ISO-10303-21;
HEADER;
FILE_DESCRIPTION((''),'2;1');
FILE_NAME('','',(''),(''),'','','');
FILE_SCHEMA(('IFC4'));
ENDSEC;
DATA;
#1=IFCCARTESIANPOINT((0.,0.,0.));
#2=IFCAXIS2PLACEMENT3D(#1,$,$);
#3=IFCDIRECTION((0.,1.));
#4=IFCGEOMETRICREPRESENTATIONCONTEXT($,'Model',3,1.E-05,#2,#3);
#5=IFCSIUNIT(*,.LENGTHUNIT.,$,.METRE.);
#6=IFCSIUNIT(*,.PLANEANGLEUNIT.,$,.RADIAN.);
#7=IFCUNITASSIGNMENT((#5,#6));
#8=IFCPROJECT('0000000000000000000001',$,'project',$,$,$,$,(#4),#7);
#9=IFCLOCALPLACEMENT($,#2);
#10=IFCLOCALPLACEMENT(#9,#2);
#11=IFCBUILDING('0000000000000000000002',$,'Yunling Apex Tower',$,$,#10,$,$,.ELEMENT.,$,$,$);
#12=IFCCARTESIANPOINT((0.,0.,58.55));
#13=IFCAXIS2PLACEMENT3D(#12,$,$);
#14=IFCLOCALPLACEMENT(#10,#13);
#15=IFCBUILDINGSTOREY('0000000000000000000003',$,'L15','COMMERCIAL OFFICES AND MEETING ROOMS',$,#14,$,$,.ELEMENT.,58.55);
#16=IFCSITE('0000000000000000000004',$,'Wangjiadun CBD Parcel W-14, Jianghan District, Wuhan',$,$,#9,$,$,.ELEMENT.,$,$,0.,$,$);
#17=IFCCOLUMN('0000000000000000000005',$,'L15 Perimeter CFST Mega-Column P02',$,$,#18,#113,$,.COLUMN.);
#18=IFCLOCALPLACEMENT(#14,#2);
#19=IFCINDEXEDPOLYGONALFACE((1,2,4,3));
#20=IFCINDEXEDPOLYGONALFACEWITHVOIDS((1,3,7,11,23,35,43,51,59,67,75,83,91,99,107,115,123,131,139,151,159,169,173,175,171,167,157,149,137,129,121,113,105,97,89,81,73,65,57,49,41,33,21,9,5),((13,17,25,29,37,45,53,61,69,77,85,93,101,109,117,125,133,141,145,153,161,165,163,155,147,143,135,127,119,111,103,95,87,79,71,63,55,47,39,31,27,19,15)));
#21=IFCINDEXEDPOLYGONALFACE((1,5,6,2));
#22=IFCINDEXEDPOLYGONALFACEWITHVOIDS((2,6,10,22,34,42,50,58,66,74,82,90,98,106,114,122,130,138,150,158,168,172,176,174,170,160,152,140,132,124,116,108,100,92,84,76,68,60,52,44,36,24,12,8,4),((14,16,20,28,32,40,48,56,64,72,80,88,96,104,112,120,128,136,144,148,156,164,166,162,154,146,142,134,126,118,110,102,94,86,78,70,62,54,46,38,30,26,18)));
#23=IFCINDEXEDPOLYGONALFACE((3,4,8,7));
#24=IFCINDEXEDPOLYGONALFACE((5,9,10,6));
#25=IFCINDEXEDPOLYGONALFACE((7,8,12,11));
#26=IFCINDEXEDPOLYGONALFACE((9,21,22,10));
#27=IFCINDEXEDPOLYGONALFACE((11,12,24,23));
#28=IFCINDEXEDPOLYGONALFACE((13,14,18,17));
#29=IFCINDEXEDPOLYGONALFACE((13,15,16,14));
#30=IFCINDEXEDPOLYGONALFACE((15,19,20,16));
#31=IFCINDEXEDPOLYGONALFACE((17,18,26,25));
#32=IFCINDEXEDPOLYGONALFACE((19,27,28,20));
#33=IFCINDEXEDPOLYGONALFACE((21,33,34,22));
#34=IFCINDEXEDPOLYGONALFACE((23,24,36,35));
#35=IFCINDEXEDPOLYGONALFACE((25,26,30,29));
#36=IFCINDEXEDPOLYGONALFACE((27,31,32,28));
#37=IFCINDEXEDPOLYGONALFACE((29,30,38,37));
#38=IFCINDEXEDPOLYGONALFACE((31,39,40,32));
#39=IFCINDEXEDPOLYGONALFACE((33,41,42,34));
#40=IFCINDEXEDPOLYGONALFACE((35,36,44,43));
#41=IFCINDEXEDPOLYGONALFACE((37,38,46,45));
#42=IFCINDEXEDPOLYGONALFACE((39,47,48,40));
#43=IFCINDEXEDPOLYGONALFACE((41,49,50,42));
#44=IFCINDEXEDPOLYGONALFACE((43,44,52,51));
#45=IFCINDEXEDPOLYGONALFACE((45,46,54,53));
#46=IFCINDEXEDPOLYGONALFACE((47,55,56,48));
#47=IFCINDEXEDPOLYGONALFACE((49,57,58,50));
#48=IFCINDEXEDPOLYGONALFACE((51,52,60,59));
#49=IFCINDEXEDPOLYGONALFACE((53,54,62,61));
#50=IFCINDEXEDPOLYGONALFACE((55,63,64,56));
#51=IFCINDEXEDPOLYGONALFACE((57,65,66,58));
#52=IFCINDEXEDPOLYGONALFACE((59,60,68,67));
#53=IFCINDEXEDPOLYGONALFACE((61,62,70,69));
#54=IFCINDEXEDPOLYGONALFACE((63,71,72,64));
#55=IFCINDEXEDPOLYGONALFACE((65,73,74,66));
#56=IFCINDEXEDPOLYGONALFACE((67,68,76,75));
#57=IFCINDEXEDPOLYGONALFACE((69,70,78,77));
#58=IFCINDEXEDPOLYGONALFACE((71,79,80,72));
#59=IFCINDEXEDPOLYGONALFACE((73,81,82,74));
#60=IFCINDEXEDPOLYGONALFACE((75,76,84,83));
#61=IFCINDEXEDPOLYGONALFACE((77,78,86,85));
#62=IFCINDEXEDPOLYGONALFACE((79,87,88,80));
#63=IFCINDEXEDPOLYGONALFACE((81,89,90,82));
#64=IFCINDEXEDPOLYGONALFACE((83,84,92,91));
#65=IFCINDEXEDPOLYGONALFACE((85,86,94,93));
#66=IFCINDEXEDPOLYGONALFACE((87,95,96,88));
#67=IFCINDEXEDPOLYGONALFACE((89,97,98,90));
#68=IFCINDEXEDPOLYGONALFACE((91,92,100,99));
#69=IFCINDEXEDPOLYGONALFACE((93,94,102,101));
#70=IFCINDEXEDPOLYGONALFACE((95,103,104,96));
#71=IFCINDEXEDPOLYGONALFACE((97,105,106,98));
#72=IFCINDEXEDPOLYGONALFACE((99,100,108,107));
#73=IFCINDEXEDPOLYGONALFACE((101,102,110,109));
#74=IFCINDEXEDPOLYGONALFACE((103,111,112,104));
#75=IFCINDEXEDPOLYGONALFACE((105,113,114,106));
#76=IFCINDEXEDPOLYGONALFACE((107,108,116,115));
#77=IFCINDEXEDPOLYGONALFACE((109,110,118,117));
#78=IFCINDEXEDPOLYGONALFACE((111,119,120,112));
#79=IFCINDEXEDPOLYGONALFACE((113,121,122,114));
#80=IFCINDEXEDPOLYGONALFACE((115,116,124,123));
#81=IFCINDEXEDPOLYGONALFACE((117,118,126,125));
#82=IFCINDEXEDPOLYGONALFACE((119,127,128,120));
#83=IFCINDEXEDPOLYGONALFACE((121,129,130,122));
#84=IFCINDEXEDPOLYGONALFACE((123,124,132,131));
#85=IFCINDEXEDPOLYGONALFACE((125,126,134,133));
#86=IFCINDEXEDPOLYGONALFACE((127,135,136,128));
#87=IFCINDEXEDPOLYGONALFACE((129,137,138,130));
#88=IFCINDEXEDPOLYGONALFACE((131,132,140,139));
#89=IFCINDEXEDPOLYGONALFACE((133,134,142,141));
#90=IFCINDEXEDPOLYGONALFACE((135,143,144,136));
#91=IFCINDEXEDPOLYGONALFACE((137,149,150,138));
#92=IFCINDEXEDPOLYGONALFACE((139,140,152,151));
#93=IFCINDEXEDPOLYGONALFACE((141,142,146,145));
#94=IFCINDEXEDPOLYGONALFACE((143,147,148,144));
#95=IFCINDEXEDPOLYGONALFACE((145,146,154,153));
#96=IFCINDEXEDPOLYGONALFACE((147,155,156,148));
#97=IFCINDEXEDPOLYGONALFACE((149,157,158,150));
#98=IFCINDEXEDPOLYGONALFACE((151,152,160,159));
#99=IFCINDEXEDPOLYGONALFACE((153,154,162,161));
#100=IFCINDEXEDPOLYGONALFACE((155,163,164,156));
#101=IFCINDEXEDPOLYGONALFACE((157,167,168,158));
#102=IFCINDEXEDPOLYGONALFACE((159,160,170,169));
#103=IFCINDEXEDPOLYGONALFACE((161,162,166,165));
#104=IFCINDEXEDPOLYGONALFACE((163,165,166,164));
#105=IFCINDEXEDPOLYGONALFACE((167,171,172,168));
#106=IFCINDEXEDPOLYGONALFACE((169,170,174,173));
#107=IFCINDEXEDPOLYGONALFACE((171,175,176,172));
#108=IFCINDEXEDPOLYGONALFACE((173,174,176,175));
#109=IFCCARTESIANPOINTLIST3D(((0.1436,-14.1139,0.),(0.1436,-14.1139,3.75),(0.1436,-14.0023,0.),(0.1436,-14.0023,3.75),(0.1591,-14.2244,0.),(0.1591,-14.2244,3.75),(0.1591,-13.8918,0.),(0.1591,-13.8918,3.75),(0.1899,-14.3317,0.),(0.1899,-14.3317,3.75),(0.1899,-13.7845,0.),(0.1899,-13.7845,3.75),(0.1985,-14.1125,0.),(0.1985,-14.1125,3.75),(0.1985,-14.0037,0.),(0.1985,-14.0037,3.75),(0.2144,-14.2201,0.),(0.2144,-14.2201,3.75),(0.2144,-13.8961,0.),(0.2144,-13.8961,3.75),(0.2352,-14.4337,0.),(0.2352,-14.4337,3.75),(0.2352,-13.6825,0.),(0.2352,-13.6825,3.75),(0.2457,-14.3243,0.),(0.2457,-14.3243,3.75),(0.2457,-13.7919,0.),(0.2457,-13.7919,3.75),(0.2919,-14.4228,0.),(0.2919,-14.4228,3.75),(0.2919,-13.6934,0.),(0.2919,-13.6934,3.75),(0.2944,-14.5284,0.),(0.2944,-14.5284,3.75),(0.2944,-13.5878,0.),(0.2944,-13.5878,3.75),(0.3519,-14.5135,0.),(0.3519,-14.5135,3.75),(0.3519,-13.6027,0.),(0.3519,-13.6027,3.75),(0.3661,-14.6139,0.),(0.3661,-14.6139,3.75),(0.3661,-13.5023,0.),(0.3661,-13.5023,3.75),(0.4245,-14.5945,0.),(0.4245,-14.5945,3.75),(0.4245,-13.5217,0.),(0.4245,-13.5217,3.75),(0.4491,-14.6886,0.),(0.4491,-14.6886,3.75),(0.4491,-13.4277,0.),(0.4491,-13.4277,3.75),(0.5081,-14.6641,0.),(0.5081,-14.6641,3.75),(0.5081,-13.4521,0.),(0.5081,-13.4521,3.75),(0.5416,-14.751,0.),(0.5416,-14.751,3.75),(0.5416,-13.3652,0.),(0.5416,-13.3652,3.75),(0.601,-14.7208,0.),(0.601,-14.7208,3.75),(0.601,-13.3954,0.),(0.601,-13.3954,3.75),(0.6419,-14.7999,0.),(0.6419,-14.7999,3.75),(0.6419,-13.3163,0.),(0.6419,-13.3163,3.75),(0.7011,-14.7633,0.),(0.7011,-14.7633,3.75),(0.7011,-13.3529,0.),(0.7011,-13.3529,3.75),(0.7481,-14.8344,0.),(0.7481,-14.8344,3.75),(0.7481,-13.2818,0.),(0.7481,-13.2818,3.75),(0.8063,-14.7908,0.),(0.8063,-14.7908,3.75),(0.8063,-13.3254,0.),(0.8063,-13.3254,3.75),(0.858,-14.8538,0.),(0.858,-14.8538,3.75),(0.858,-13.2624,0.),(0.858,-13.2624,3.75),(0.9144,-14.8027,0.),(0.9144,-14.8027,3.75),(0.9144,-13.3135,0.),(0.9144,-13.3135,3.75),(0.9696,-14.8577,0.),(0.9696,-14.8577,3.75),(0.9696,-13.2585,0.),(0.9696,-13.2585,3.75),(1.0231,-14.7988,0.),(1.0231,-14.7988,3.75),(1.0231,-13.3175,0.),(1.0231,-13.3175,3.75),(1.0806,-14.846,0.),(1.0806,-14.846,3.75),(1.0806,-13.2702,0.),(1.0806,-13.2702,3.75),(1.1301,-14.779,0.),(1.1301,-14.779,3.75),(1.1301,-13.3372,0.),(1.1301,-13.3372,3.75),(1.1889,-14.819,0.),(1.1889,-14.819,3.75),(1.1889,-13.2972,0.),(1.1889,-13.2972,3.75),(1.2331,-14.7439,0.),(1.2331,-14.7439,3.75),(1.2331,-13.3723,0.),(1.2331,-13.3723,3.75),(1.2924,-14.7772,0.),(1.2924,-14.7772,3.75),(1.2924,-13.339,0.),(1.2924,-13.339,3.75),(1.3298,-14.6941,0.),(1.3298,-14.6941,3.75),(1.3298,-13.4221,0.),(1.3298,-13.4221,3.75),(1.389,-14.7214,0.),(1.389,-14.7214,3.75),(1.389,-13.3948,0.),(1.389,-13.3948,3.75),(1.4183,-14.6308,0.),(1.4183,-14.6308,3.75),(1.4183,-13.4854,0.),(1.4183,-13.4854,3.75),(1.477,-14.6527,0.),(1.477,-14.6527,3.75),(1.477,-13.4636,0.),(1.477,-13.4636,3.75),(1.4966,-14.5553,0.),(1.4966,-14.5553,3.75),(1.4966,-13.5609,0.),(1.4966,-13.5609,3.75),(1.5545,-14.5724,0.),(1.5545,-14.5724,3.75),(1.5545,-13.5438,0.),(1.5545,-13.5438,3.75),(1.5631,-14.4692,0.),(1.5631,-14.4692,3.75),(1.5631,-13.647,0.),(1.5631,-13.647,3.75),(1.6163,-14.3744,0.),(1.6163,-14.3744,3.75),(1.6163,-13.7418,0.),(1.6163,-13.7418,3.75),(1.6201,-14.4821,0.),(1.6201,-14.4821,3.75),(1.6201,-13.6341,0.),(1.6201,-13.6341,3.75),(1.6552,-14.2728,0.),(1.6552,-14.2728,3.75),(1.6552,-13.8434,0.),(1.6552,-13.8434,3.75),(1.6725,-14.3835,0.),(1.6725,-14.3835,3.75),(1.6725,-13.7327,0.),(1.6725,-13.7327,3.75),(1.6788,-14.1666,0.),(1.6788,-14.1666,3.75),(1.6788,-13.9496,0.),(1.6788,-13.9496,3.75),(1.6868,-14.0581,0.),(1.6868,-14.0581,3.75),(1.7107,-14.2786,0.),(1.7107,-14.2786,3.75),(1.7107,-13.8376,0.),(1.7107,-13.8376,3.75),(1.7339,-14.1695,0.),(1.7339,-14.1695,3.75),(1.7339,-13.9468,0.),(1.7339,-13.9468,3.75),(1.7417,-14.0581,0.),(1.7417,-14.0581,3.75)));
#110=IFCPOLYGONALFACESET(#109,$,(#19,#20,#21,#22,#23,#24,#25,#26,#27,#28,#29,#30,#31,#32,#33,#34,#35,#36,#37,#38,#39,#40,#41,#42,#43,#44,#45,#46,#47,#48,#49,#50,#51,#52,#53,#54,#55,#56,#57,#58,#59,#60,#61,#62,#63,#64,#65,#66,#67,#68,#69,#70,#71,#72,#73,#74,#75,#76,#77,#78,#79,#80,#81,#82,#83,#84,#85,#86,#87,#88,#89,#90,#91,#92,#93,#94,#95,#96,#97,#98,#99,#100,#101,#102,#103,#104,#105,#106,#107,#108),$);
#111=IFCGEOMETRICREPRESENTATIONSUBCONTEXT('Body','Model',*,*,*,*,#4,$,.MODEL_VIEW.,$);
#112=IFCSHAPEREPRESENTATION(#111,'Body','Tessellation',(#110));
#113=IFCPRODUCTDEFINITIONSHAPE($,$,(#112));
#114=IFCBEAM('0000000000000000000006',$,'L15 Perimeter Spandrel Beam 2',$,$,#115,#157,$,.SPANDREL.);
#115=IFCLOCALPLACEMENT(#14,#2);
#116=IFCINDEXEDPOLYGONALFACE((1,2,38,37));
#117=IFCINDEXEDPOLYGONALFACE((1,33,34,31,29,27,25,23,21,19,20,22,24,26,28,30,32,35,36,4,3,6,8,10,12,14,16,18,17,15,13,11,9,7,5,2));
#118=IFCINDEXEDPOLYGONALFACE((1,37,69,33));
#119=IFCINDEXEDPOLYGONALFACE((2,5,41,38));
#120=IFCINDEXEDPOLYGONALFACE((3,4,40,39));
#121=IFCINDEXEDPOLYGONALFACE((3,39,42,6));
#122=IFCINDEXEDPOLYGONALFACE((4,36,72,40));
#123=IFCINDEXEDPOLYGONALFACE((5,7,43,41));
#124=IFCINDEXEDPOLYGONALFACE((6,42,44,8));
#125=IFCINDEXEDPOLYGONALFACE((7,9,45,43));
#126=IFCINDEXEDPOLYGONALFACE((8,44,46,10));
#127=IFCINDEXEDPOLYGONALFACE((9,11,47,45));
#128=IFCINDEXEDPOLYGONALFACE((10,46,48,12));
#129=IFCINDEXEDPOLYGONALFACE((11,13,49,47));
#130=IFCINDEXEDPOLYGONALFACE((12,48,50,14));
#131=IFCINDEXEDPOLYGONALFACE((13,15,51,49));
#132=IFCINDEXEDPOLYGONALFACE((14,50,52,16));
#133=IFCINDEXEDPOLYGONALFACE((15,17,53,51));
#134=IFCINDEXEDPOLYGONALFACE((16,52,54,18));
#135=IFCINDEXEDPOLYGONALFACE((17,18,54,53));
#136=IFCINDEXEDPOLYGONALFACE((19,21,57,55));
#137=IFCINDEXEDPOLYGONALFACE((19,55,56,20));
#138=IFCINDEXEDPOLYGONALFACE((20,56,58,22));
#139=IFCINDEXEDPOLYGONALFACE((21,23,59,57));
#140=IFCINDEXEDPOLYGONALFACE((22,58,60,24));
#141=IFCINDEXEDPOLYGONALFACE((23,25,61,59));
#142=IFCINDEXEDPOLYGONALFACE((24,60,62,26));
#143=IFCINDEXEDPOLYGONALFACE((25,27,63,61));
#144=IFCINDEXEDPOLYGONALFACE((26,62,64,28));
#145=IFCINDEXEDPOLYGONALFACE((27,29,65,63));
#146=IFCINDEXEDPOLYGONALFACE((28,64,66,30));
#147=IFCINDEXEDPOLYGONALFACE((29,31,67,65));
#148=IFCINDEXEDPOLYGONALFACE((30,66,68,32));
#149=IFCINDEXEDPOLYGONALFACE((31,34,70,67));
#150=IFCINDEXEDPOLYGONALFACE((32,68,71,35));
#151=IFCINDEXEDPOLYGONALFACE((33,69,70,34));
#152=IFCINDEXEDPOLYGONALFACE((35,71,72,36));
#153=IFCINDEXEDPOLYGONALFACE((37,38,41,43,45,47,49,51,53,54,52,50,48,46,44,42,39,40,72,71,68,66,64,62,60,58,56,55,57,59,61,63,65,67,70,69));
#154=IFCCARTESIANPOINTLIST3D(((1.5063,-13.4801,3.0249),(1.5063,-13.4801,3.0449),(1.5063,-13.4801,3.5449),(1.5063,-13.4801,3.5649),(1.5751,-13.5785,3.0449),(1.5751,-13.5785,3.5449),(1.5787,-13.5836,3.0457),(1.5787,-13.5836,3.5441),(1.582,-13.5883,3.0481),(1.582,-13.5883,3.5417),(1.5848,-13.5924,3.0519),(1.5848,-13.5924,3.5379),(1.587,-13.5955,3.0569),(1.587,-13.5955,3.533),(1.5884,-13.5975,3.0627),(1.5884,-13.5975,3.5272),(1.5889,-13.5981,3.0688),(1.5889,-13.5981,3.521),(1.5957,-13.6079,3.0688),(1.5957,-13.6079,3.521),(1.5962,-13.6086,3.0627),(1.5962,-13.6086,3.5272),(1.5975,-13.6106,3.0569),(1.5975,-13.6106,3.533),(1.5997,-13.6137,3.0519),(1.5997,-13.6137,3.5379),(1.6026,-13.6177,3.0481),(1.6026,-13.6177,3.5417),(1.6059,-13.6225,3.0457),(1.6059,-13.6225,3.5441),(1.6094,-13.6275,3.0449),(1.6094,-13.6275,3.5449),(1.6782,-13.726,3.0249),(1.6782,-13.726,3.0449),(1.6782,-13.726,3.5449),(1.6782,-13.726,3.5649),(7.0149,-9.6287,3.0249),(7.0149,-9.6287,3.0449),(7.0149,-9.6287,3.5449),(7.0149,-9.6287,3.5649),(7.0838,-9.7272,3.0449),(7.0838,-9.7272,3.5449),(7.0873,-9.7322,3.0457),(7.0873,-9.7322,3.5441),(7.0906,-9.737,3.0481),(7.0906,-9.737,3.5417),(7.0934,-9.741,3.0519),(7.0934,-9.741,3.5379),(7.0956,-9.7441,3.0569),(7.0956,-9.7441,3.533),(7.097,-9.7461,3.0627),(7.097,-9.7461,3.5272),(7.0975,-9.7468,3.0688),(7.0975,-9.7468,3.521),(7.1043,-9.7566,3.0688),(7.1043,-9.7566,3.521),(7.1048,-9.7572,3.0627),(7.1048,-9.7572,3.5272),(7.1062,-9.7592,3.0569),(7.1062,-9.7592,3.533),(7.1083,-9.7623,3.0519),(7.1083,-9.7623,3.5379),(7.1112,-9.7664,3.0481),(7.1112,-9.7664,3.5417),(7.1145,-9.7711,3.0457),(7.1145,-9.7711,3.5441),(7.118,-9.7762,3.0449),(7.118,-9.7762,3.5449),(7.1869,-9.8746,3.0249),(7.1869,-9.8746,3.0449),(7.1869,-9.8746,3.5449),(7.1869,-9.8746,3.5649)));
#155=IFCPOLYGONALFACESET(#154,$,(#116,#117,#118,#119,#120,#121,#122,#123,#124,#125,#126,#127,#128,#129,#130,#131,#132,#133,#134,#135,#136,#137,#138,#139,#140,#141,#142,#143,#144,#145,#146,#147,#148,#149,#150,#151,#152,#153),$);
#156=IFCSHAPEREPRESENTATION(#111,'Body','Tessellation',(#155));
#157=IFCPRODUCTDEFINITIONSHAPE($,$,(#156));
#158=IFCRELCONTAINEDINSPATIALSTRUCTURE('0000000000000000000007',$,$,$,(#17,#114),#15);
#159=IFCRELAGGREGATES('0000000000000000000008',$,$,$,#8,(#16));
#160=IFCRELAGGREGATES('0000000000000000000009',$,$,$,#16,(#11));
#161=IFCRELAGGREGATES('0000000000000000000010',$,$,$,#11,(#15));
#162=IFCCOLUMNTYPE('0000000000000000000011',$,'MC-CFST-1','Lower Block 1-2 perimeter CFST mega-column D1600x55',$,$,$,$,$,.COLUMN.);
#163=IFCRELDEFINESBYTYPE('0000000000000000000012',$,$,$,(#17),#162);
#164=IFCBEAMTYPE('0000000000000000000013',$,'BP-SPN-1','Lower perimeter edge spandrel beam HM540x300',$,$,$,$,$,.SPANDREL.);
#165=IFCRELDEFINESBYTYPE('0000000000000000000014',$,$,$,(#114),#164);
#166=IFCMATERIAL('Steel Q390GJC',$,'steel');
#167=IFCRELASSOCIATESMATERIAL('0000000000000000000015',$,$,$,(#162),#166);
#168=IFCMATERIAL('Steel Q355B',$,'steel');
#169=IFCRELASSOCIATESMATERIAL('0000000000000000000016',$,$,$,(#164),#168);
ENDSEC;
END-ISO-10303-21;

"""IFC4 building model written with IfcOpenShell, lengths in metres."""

from ifc_helpers import new_model, si_unit, direction, frame, origin, origin_2d, place, context, subcontext, project, spatial, hollow_circle, i_section, extrude, source, transform, mapped, material, material_profile, profile_set, type_object, element, save


model = new_model("IFC4")

# Units and contexts
model_context = context("Model", 3, precision=1e-05, world=origin(), true_north=direction((0.0, 1.0)))
body_context = subcontext(model_context, "Body", "Model", "MODEL_VIEW")
ifc_project = project(units=[si_unit("LENGTHUNIT", "METRE"), si_unit("PLANEANGLEUNIT", "RADIAN")], contexts=[model_context])

# Site, building, storey
site_placement = place(None, origin())
site = spatial("IfcSite", under=ifc_project, at=site_placement, Name="Wangjiadun CBD Parcel W-14, Jianghan District, Wuhan", CompositionType="ELEMENT", RefElevation=0.0)
building_placement = place(site_placement, origin())
building = spatial("IfcBuilding", under=site, at=building_placement, Name="Yunling Apex Tower", CompositionType="ELEMENT")
storey_placement = place(building_placement, frame((0.0, 0.0, 58.55)))
storey = spatial("IfcBuildingStorey", under=building, at=storey_placement, Name="L15", Description="COMMERCIAL OFFICES AND MEETING ROOMS", CompositionType="ELEMENT", Elevation=58.55)

# Column
ifc_material_1 = material(Name="Steel Q390GJC", Category="steel")
ifc_material_profile_1 = material_profile(ifc_material_1, hollow_circle(Radius=0.8, WallThickness=0.0549, at=origin_2d()))
ifc_profile_set_1 = profile_set([ifc_material_profile_1], Name="Steel Q390GJC")
column_type = type_object("IfcColumnType", Name="MC-CFST-1", Description="Lower Block 1-2 perimeter CFST mega-column D1600x55", PredefinedType="COLUMN", material=ifc_profile_set_1)
shared_shape_1 = source(origin(), body_context, "Body", "SweptSolid", [
    extrude(hollow_circle(Radius=0.8, WallThickness=0.0549, at=origin_2d()), origin(), (0.0, 0.0, 1.0), 3.75),
])
column_placement = place(storey_placement, frame((0.9417, -14.0581, 0.0), z_axis=(0.0, 0.0, 1.0), x_axis=(1.0, 0.0, 0.0)))
element("IfcColumn", 1, at=column_placement, inside=storey, type_object=column_type, Name="L15 Perimeter CFST Mega-Column P02", PredefinedType="COLUMN", context=body_context, shape_type="MappedRepresentation", body=[
    mapped(shared_shape_1, transform((0.0, 0.0, 0.0), scale=1.0)),
])

# Beam
ifc_material_2 = material(Name="Steel Q355B", Category="steel")
ifc_material_profile_2 = material_profile(ifc_material_2, i_section(OverallWidth=0.3, OverallDepth=0.54, WebThickness=0.012, FlangeThickness=0.02, FilletRadius=0.0239, at=origin_2d()))
ifc_profile_set_2 = profile_set([ifc_material_profile_2], Name="Steel Q355B")
beam_type_1 = type_object("IfcBeamType", Name="BP-SPN-1", Description="Lower perimeter edge spandrel beam HM540x300", PredefinedType="SPANDREL", material=ifc_profile_set_2)
shared_shape_2 = source(origin(), body_context, "Body", "SweptSolid", [
    extrude(i_section(OverallWidth=0.3, OverallDepth=0.54, WebThickness=0.012, FlangeThickness=0.02, FilletRadius=0.0239, at=origin_2d()), origin(), (0.0, 0.0, 1.0), 6.7214),
])
beam_1_placement = place(storey_placement, frame((1.5923, -13.603, 3.2949), z_axis=(0.819558, 0.572997, 0.0), x_axis=(-0.572997, 0.819558, 0.0)))
element("IfcBeam", 2, at=beam_1_placement, inside=storey, type_object=beam_type_1, Name="L15 Perimeter Spandrel Beam 2", PredefinedType="SPANDREL", context=body_context, shape_type="MappedRepresentation", body=[
    mapped(shared_shape_2, transform((0.0, 0.0, 0.0), scale=1.0)),
])

save(model, "model.ifc")
